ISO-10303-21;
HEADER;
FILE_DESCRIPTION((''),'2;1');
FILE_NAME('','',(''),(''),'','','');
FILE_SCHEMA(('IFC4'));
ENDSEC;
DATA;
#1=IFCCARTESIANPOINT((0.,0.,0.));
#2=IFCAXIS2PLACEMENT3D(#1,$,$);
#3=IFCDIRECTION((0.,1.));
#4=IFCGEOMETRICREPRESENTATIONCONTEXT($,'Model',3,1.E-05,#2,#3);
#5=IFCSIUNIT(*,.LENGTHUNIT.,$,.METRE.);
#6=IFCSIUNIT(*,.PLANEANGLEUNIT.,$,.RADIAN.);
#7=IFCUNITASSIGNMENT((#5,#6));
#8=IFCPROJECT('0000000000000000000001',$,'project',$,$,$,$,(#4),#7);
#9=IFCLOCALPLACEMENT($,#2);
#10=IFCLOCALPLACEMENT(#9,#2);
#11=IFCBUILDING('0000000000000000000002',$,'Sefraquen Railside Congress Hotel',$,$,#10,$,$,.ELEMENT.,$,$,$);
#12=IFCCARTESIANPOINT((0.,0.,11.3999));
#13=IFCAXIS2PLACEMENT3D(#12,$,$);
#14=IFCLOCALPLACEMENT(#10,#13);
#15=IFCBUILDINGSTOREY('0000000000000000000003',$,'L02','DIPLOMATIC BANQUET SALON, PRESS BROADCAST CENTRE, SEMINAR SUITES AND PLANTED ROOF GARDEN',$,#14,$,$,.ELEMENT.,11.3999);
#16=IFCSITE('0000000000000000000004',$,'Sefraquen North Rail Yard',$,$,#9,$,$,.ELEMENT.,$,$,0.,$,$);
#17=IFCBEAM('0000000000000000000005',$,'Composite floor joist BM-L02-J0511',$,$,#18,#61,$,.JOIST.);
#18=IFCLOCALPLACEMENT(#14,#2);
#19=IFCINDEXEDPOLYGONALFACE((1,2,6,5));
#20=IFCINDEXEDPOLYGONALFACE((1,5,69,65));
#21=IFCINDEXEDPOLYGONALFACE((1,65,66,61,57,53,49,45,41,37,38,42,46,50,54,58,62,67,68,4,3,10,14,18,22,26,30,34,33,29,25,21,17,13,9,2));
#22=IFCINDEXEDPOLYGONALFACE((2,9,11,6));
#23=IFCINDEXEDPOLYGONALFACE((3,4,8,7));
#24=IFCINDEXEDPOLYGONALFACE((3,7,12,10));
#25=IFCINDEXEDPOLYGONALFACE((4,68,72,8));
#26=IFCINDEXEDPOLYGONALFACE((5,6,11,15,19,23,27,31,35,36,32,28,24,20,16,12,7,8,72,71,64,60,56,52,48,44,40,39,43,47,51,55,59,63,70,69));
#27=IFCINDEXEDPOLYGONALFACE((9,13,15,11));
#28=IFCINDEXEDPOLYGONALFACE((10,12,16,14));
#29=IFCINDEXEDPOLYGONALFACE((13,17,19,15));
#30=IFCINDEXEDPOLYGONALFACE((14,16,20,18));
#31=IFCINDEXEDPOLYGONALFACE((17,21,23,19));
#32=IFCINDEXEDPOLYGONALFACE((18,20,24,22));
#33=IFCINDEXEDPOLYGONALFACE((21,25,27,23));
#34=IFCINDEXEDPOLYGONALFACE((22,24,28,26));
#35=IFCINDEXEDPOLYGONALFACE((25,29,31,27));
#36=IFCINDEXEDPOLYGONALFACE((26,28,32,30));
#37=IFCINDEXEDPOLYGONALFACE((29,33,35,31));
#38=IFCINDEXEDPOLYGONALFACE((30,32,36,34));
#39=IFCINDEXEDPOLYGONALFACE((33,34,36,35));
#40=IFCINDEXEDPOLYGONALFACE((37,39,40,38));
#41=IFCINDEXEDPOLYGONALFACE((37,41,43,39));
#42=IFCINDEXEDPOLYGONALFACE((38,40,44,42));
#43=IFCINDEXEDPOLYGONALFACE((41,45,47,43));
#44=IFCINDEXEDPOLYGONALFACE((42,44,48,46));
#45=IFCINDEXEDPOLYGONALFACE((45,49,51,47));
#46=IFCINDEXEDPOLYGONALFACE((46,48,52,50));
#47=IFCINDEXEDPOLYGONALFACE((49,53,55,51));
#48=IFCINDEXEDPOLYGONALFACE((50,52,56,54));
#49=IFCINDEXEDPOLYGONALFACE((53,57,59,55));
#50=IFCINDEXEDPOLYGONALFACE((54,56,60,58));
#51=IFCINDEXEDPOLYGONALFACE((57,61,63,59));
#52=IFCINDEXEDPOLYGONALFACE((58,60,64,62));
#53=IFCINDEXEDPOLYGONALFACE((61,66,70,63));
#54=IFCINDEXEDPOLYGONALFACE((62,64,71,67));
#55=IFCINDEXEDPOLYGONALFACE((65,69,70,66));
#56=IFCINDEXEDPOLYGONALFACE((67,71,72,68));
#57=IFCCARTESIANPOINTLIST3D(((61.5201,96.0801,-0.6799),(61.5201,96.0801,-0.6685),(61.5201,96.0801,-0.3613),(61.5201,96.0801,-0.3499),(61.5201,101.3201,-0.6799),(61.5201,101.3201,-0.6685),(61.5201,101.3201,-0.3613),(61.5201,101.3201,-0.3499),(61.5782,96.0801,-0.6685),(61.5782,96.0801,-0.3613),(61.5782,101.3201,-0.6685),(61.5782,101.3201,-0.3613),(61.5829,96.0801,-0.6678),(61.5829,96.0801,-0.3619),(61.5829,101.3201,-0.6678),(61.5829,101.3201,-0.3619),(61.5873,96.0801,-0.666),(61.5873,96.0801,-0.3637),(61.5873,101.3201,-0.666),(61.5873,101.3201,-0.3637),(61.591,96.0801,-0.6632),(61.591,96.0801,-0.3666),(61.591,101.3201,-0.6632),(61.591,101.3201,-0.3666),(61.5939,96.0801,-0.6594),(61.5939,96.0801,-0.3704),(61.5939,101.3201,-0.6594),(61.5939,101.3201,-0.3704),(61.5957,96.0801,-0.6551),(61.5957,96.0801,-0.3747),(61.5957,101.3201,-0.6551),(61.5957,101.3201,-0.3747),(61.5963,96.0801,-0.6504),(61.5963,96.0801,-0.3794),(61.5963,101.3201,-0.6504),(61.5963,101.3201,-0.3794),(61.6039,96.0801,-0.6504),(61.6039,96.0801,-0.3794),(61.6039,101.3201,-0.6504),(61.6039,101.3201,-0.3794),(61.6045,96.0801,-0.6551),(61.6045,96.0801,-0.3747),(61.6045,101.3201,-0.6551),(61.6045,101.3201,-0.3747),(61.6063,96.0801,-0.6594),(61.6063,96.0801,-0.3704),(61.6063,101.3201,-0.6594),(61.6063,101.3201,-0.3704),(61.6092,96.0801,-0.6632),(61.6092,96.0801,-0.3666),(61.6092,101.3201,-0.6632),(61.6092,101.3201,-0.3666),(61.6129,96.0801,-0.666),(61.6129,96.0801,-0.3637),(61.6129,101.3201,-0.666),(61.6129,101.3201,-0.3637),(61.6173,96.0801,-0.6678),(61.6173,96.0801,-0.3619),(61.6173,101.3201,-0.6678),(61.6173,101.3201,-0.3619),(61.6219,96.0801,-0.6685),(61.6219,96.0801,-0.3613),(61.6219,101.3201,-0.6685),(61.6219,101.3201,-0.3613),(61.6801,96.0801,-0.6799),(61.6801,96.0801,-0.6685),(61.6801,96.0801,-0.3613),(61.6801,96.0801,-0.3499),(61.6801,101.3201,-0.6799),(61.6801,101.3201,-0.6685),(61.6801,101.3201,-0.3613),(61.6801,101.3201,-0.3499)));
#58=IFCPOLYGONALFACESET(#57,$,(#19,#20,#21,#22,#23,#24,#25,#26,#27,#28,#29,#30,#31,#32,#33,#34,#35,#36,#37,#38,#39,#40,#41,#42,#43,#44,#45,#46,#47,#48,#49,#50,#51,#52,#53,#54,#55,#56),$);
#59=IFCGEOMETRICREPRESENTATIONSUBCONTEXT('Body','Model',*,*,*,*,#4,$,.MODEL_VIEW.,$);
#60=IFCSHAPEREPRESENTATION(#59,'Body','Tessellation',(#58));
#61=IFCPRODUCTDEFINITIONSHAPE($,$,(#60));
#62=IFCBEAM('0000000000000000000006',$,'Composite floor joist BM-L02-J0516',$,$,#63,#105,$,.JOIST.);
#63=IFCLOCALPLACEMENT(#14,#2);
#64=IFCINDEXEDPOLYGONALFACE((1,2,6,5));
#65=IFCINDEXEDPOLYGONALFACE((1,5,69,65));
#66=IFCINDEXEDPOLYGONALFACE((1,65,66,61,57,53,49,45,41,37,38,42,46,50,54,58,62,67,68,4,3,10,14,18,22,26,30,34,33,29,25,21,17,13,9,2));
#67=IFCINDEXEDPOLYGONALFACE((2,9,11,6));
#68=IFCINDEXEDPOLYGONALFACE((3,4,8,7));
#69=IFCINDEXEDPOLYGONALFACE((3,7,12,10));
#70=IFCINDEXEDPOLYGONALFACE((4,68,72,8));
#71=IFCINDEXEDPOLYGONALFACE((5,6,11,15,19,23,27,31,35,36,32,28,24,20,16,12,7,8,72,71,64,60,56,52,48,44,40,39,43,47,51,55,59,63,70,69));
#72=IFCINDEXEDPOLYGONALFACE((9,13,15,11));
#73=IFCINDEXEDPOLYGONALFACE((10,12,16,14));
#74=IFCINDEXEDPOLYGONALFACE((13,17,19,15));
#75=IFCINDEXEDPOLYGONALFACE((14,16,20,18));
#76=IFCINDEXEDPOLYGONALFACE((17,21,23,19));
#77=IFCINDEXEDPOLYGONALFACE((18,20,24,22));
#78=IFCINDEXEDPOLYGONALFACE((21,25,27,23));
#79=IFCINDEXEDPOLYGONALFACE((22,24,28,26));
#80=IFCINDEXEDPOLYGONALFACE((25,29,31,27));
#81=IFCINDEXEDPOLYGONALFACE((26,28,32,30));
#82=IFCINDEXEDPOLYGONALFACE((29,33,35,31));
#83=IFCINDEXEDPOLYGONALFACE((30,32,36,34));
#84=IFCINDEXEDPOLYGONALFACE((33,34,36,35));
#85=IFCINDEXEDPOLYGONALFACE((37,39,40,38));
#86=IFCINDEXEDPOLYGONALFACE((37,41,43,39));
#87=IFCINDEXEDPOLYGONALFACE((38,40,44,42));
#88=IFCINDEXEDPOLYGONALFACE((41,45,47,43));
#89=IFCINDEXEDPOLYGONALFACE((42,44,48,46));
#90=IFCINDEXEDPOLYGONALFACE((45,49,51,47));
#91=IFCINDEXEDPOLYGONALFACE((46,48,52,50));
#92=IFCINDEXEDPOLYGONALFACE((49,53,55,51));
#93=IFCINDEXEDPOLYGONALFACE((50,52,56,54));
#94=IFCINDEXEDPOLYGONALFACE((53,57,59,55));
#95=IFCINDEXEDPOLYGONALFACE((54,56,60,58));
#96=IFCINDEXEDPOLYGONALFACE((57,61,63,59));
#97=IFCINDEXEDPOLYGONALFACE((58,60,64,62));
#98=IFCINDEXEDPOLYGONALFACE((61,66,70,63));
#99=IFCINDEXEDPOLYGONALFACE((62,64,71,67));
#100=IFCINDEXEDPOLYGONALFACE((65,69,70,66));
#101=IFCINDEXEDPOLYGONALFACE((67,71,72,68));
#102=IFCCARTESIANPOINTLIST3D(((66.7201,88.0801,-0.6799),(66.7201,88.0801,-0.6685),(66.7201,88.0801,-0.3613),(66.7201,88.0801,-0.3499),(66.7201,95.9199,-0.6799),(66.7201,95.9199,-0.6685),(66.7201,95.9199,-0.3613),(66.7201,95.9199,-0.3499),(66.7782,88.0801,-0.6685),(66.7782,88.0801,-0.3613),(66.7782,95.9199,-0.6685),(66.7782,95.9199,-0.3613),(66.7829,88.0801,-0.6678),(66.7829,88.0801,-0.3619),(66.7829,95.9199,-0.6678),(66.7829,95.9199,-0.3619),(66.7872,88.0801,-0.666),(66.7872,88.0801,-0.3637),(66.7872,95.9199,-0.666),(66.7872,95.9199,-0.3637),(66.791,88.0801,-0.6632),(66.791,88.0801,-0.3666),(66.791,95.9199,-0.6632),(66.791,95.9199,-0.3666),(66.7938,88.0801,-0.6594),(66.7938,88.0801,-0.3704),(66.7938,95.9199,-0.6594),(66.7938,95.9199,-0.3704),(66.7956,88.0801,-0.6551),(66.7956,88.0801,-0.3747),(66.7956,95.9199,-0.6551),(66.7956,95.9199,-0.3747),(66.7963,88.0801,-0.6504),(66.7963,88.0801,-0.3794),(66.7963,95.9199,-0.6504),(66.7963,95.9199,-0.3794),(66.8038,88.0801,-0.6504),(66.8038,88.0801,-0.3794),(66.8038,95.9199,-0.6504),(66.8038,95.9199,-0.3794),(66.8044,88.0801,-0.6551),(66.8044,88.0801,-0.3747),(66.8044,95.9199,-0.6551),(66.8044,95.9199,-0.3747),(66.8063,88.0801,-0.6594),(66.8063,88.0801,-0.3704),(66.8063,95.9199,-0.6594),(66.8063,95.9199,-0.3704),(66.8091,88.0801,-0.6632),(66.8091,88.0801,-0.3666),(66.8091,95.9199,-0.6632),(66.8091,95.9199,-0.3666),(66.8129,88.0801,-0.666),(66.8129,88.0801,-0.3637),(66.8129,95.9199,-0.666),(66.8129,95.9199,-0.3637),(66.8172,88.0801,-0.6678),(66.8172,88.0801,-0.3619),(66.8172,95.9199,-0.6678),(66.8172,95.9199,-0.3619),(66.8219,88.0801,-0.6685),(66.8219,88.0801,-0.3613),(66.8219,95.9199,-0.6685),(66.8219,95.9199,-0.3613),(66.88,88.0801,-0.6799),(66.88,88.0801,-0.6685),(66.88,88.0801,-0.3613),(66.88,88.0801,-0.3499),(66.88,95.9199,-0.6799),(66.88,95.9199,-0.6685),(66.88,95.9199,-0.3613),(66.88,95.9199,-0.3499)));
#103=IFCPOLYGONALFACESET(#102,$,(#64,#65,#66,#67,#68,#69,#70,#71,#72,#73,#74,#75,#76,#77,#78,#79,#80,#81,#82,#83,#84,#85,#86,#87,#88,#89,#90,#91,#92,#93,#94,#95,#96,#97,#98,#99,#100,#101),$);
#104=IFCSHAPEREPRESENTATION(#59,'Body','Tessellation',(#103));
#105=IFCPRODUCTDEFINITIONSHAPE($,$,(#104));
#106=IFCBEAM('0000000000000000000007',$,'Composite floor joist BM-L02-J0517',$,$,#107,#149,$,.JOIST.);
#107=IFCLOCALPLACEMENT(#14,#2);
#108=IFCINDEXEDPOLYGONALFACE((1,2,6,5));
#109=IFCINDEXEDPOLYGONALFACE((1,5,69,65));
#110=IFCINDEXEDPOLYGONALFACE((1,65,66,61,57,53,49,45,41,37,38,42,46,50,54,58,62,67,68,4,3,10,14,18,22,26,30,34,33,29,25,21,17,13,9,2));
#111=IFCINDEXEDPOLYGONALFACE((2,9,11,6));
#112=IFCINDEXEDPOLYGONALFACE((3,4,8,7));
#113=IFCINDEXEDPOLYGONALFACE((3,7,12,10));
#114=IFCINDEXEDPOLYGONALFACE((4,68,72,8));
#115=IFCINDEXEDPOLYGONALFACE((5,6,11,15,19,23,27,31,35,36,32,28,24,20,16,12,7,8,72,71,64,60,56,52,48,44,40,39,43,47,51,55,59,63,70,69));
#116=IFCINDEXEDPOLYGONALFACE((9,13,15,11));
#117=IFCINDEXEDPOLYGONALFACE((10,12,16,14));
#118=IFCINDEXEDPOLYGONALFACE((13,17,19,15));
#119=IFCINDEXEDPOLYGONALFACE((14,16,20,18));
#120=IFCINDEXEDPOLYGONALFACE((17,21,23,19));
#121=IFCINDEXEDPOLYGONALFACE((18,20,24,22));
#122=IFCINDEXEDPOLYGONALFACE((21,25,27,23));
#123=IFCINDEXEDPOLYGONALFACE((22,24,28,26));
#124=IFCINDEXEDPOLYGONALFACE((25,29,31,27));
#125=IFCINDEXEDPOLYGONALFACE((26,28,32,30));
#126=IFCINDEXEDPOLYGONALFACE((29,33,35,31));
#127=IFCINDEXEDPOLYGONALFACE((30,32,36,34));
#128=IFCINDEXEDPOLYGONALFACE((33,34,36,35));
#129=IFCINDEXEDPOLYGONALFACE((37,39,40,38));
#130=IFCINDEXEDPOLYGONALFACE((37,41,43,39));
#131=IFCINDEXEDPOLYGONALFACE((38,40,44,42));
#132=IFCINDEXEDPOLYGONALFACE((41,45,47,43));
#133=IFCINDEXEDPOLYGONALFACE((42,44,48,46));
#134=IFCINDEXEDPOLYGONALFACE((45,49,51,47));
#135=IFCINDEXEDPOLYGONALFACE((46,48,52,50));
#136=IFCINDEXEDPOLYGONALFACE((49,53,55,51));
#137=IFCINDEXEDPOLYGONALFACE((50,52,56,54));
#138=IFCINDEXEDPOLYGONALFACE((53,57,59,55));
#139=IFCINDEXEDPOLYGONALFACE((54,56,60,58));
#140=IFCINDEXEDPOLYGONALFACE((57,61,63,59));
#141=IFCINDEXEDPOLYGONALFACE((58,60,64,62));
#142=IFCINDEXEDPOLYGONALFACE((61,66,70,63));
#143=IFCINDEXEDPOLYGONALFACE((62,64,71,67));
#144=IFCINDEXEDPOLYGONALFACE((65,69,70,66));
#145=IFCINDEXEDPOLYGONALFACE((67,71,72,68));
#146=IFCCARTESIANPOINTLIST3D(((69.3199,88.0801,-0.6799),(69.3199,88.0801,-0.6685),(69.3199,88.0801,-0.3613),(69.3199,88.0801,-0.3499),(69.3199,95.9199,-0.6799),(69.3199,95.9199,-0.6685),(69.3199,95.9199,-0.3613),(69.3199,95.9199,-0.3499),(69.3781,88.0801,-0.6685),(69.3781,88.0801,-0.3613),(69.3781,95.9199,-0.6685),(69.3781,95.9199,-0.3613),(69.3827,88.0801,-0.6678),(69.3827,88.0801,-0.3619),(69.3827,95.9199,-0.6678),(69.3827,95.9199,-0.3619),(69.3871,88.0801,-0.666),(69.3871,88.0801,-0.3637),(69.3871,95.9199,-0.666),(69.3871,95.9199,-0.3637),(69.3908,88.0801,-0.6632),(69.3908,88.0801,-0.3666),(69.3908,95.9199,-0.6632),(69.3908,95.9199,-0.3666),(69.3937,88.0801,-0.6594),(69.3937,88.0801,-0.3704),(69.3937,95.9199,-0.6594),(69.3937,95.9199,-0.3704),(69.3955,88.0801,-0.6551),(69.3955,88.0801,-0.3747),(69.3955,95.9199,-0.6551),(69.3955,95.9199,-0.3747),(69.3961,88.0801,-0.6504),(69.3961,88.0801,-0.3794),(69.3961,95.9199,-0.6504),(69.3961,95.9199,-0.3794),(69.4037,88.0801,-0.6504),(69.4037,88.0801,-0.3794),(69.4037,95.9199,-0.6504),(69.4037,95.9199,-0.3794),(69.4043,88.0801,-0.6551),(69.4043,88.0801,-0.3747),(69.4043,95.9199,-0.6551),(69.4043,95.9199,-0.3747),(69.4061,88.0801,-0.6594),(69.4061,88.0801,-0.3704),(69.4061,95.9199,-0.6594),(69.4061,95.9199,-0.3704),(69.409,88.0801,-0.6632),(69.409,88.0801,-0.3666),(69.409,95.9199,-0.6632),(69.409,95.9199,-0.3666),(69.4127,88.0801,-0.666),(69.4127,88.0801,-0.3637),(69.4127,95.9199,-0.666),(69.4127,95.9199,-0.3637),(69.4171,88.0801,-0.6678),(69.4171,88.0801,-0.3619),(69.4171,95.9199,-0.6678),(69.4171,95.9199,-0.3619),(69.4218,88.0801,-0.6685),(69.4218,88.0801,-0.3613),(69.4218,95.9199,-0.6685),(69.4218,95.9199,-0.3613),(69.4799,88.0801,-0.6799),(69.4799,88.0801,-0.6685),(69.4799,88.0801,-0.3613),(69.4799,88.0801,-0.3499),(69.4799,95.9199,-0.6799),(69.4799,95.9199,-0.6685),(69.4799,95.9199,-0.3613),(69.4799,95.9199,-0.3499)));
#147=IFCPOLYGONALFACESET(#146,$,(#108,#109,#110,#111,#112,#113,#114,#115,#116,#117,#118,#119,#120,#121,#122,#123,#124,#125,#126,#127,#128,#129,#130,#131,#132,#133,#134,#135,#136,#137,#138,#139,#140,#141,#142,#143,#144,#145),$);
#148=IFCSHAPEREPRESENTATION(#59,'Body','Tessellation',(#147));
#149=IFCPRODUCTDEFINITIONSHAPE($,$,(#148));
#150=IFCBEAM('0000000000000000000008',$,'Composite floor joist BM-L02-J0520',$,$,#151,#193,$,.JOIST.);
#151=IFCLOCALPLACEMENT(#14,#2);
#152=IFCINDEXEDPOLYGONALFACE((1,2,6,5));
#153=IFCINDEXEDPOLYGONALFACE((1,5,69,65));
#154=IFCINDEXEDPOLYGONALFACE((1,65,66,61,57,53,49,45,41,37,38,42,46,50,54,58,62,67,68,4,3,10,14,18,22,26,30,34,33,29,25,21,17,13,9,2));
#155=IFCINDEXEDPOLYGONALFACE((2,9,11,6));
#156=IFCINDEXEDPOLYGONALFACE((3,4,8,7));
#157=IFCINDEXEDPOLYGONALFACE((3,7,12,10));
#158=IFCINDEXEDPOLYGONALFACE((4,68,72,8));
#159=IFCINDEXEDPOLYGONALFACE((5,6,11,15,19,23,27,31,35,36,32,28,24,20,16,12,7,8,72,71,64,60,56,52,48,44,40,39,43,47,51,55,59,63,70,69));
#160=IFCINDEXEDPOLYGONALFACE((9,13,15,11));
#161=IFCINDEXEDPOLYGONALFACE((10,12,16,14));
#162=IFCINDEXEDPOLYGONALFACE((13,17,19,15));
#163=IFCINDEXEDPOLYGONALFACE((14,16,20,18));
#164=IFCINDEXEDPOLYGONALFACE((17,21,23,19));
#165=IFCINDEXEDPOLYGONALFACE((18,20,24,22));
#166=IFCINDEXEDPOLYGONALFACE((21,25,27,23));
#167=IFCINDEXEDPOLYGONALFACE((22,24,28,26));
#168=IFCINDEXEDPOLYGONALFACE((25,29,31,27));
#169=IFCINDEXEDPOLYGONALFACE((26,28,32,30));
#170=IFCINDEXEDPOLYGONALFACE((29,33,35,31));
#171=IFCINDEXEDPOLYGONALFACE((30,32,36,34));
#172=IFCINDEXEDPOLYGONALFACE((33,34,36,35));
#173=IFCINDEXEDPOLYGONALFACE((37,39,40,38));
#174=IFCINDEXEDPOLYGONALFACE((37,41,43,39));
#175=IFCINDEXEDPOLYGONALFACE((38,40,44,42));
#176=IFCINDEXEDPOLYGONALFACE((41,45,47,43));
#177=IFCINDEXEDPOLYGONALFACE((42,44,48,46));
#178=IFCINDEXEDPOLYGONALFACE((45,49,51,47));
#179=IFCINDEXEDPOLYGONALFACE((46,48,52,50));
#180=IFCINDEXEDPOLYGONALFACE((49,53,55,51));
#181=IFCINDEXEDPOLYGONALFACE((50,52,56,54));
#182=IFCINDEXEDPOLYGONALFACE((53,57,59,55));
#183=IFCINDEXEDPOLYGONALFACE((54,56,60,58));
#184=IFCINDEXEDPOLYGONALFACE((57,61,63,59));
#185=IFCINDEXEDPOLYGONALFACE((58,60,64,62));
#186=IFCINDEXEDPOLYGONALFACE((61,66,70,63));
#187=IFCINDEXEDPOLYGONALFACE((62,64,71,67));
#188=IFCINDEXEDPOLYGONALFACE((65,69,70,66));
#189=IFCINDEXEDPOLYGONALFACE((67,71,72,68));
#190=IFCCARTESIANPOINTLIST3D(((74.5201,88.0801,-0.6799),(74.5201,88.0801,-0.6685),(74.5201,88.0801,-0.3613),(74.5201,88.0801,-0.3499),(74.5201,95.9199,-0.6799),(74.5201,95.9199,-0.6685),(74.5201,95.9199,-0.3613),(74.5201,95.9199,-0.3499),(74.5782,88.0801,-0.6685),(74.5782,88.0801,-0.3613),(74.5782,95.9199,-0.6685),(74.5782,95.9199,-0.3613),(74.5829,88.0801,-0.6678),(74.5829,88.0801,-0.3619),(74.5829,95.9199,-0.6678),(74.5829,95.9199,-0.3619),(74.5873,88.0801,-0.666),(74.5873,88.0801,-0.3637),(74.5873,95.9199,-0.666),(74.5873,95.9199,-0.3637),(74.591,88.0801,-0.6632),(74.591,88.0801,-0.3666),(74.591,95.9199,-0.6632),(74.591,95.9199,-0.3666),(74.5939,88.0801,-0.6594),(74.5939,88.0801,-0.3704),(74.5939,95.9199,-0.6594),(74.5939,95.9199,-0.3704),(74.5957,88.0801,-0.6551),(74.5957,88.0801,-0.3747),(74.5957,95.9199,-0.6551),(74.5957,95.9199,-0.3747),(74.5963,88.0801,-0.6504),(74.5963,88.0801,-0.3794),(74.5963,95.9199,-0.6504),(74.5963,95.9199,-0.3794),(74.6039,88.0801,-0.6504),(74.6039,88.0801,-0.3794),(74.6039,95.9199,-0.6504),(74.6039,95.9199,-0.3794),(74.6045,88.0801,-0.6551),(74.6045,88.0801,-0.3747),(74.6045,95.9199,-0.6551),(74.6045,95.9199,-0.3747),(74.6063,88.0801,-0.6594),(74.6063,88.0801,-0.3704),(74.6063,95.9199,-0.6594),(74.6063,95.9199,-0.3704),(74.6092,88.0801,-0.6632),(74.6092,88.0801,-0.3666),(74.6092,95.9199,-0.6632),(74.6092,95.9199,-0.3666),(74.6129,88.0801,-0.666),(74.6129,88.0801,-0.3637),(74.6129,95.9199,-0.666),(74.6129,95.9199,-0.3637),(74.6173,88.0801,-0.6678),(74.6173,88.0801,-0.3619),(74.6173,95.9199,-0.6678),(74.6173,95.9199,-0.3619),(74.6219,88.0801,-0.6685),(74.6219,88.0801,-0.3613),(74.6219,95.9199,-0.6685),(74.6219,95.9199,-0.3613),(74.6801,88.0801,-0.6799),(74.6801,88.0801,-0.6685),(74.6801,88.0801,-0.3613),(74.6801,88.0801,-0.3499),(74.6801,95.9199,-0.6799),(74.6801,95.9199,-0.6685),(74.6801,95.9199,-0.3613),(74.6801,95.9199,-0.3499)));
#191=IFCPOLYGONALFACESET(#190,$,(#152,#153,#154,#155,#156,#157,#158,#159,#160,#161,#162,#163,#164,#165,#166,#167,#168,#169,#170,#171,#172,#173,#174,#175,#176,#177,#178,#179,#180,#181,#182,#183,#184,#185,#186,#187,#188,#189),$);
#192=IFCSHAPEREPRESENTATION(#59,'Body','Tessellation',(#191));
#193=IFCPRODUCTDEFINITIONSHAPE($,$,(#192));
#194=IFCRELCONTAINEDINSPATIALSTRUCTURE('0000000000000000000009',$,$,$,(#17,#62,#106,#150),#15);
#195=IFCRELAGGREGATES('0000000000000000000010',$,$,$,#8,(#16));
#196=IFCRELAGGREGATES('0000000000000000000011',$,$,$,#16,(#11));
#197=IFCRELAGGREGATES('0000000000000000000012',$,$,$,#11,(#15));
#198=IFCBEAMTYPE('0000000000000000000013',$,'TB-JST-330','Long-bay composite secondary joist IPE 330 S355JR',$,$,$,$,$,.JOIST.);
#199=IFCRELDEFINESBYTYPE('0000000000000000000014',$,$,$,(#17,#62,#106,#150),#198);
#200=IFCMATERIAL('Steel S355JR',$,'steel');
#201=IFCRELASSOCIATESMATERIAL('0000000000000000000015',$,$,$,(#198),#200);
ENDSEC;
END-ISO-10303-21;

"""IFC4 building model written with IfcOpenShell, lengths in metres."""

from ifc_helpers import new_model, si_unit, direction, frame, origin, origin_2d, place, context, subcontext, project, spatial, i_section, extrude, material, material_profile, profile_set, type_object, element, save


model = new_model("IFC4")

# Units and contexts
model_context = context("Model", 3, precision=1e-05, world=origin(), true_north=direction((0.0, 1.0)))
body_context = subcontext(model_context, "Body", "Model", "MODEL_VIEW")
ifc_project = project(units=[si_unit("LENGTHUNIT", "METRE"), si_unit("PLANEANGLEUNIT", "RADIAN")], contexts=[model_context])

# Site, building, storey
site_placement = place(None, origin())
site = spatial("IfcSite", under=ifc_project, at=site_placement, Name="Sefraquen North Rail Yard", CompositionType="ELEMENT", RefElevation=0.0)
building_placement = place(site_placement, origin())
building = spatial("IfcBuilding", under=site, at=building_placement, Name="Sefraquen Railside Congress Hotel", CompositionType="ELEMENT")
storey_placement = place(building_placement, frame((0.0, 0.0, 11.3999)))
storey = spatial("IfcBuildingStorey", under=building, at=storey_placement, Name="L02", Description="DIPLOMATIC BANQUET SALON, PRESS BROADCAST CENTRE, SEMINAR SUITES AND PLANTED ROOF GARDEN", CompositionType="ELEMENT", Elevation=11.3999)

# Shared definitions
ifc_material_1 = material(Name="Steel S355JR", Category="steel")

# Beams
ifc_material_profile_1 = material_profile(ifc_material_1, i_section(OverallWidth=0.1599, OverallDepth=0.3301, WebThickness=0.0076, FlangeThickness=0.0115, FilletRadius=0.0181, at=origin_2d()), Name="IPE 330")
ifc_profile_set_1 = profile_set([ifc_material_profile_1], Name="Steel S355JR")
beam_type_1 = type_object("IfcBeamType", Name="TB-JST-330", Description="Long-bay composite secondary joist IPE 330 S355JR", PredefinedType="JOIST", material=ifc_profile_set_1)
beam_1_placement = place(storey_placement, frame((61.6001, 96.0801, -0.5149), z_axis=(0.0, 1.0, 0.0), x_axis=(-1.0, 0.0, 0.0)))
element("IfcBeam", 1, at=beam_1_placement, inside=storey, type_object=beam_type_1, Name="Composite floor joist BM-L02-J0511", PredefinedType="JOIST", context=body_context, shape_type="SweptSolid", body=[
    extrude(i_section(OverallWidth=0.1599, OverallDepth=0.3301, WebThickness=0.0076, FlangeThickness=0.0115, FilletRadius=0.0181, at=origin_2d()), origin(), (0.0, 0.0, 1.0), 5.24),
])
for number, where, z_axis, x_axis, name in (
    (2, (66.8, 88.0801, -0.5149), (0.0, 1.0, 0.0), (-1.0, 0.0, 0.0), "Composite floor joist BM-L02-J0516"),
    (3, (69.3999, 88.0801, -0.5149), (0.0, 1.0, 0.0), (-1.0, 0.0, 0.0), "Composite floor joist BM-L02-J0517"),
    (4, (74.6001, 88.0801, -0.5149), (0.0, 1.0, 0.0), (-1.0, 0.0, 0.0), "Composite floor joist BM-L02-J0520"),
):
    element("IfcBeam", number, at=place(storey_placement, frame(where, z_axis=z_axis, x_axis=x_axis)), inside=storey, type_object=beam_type_1, Name=name, PredefinedType="JOIST", context=body_context, shape_type="SweptSolid", body=[
        extrude(i_section(OverallWidth=0.1599, OverallDepth=0.3301, WebThickness=0.0076, FlangeThickness=0.0115, FilletRadius=0.0181, at=origin_2d()), origin(), (0.0, 0.0, 1.0), 7.8398),
    ])

save(model, "model.ifc")
